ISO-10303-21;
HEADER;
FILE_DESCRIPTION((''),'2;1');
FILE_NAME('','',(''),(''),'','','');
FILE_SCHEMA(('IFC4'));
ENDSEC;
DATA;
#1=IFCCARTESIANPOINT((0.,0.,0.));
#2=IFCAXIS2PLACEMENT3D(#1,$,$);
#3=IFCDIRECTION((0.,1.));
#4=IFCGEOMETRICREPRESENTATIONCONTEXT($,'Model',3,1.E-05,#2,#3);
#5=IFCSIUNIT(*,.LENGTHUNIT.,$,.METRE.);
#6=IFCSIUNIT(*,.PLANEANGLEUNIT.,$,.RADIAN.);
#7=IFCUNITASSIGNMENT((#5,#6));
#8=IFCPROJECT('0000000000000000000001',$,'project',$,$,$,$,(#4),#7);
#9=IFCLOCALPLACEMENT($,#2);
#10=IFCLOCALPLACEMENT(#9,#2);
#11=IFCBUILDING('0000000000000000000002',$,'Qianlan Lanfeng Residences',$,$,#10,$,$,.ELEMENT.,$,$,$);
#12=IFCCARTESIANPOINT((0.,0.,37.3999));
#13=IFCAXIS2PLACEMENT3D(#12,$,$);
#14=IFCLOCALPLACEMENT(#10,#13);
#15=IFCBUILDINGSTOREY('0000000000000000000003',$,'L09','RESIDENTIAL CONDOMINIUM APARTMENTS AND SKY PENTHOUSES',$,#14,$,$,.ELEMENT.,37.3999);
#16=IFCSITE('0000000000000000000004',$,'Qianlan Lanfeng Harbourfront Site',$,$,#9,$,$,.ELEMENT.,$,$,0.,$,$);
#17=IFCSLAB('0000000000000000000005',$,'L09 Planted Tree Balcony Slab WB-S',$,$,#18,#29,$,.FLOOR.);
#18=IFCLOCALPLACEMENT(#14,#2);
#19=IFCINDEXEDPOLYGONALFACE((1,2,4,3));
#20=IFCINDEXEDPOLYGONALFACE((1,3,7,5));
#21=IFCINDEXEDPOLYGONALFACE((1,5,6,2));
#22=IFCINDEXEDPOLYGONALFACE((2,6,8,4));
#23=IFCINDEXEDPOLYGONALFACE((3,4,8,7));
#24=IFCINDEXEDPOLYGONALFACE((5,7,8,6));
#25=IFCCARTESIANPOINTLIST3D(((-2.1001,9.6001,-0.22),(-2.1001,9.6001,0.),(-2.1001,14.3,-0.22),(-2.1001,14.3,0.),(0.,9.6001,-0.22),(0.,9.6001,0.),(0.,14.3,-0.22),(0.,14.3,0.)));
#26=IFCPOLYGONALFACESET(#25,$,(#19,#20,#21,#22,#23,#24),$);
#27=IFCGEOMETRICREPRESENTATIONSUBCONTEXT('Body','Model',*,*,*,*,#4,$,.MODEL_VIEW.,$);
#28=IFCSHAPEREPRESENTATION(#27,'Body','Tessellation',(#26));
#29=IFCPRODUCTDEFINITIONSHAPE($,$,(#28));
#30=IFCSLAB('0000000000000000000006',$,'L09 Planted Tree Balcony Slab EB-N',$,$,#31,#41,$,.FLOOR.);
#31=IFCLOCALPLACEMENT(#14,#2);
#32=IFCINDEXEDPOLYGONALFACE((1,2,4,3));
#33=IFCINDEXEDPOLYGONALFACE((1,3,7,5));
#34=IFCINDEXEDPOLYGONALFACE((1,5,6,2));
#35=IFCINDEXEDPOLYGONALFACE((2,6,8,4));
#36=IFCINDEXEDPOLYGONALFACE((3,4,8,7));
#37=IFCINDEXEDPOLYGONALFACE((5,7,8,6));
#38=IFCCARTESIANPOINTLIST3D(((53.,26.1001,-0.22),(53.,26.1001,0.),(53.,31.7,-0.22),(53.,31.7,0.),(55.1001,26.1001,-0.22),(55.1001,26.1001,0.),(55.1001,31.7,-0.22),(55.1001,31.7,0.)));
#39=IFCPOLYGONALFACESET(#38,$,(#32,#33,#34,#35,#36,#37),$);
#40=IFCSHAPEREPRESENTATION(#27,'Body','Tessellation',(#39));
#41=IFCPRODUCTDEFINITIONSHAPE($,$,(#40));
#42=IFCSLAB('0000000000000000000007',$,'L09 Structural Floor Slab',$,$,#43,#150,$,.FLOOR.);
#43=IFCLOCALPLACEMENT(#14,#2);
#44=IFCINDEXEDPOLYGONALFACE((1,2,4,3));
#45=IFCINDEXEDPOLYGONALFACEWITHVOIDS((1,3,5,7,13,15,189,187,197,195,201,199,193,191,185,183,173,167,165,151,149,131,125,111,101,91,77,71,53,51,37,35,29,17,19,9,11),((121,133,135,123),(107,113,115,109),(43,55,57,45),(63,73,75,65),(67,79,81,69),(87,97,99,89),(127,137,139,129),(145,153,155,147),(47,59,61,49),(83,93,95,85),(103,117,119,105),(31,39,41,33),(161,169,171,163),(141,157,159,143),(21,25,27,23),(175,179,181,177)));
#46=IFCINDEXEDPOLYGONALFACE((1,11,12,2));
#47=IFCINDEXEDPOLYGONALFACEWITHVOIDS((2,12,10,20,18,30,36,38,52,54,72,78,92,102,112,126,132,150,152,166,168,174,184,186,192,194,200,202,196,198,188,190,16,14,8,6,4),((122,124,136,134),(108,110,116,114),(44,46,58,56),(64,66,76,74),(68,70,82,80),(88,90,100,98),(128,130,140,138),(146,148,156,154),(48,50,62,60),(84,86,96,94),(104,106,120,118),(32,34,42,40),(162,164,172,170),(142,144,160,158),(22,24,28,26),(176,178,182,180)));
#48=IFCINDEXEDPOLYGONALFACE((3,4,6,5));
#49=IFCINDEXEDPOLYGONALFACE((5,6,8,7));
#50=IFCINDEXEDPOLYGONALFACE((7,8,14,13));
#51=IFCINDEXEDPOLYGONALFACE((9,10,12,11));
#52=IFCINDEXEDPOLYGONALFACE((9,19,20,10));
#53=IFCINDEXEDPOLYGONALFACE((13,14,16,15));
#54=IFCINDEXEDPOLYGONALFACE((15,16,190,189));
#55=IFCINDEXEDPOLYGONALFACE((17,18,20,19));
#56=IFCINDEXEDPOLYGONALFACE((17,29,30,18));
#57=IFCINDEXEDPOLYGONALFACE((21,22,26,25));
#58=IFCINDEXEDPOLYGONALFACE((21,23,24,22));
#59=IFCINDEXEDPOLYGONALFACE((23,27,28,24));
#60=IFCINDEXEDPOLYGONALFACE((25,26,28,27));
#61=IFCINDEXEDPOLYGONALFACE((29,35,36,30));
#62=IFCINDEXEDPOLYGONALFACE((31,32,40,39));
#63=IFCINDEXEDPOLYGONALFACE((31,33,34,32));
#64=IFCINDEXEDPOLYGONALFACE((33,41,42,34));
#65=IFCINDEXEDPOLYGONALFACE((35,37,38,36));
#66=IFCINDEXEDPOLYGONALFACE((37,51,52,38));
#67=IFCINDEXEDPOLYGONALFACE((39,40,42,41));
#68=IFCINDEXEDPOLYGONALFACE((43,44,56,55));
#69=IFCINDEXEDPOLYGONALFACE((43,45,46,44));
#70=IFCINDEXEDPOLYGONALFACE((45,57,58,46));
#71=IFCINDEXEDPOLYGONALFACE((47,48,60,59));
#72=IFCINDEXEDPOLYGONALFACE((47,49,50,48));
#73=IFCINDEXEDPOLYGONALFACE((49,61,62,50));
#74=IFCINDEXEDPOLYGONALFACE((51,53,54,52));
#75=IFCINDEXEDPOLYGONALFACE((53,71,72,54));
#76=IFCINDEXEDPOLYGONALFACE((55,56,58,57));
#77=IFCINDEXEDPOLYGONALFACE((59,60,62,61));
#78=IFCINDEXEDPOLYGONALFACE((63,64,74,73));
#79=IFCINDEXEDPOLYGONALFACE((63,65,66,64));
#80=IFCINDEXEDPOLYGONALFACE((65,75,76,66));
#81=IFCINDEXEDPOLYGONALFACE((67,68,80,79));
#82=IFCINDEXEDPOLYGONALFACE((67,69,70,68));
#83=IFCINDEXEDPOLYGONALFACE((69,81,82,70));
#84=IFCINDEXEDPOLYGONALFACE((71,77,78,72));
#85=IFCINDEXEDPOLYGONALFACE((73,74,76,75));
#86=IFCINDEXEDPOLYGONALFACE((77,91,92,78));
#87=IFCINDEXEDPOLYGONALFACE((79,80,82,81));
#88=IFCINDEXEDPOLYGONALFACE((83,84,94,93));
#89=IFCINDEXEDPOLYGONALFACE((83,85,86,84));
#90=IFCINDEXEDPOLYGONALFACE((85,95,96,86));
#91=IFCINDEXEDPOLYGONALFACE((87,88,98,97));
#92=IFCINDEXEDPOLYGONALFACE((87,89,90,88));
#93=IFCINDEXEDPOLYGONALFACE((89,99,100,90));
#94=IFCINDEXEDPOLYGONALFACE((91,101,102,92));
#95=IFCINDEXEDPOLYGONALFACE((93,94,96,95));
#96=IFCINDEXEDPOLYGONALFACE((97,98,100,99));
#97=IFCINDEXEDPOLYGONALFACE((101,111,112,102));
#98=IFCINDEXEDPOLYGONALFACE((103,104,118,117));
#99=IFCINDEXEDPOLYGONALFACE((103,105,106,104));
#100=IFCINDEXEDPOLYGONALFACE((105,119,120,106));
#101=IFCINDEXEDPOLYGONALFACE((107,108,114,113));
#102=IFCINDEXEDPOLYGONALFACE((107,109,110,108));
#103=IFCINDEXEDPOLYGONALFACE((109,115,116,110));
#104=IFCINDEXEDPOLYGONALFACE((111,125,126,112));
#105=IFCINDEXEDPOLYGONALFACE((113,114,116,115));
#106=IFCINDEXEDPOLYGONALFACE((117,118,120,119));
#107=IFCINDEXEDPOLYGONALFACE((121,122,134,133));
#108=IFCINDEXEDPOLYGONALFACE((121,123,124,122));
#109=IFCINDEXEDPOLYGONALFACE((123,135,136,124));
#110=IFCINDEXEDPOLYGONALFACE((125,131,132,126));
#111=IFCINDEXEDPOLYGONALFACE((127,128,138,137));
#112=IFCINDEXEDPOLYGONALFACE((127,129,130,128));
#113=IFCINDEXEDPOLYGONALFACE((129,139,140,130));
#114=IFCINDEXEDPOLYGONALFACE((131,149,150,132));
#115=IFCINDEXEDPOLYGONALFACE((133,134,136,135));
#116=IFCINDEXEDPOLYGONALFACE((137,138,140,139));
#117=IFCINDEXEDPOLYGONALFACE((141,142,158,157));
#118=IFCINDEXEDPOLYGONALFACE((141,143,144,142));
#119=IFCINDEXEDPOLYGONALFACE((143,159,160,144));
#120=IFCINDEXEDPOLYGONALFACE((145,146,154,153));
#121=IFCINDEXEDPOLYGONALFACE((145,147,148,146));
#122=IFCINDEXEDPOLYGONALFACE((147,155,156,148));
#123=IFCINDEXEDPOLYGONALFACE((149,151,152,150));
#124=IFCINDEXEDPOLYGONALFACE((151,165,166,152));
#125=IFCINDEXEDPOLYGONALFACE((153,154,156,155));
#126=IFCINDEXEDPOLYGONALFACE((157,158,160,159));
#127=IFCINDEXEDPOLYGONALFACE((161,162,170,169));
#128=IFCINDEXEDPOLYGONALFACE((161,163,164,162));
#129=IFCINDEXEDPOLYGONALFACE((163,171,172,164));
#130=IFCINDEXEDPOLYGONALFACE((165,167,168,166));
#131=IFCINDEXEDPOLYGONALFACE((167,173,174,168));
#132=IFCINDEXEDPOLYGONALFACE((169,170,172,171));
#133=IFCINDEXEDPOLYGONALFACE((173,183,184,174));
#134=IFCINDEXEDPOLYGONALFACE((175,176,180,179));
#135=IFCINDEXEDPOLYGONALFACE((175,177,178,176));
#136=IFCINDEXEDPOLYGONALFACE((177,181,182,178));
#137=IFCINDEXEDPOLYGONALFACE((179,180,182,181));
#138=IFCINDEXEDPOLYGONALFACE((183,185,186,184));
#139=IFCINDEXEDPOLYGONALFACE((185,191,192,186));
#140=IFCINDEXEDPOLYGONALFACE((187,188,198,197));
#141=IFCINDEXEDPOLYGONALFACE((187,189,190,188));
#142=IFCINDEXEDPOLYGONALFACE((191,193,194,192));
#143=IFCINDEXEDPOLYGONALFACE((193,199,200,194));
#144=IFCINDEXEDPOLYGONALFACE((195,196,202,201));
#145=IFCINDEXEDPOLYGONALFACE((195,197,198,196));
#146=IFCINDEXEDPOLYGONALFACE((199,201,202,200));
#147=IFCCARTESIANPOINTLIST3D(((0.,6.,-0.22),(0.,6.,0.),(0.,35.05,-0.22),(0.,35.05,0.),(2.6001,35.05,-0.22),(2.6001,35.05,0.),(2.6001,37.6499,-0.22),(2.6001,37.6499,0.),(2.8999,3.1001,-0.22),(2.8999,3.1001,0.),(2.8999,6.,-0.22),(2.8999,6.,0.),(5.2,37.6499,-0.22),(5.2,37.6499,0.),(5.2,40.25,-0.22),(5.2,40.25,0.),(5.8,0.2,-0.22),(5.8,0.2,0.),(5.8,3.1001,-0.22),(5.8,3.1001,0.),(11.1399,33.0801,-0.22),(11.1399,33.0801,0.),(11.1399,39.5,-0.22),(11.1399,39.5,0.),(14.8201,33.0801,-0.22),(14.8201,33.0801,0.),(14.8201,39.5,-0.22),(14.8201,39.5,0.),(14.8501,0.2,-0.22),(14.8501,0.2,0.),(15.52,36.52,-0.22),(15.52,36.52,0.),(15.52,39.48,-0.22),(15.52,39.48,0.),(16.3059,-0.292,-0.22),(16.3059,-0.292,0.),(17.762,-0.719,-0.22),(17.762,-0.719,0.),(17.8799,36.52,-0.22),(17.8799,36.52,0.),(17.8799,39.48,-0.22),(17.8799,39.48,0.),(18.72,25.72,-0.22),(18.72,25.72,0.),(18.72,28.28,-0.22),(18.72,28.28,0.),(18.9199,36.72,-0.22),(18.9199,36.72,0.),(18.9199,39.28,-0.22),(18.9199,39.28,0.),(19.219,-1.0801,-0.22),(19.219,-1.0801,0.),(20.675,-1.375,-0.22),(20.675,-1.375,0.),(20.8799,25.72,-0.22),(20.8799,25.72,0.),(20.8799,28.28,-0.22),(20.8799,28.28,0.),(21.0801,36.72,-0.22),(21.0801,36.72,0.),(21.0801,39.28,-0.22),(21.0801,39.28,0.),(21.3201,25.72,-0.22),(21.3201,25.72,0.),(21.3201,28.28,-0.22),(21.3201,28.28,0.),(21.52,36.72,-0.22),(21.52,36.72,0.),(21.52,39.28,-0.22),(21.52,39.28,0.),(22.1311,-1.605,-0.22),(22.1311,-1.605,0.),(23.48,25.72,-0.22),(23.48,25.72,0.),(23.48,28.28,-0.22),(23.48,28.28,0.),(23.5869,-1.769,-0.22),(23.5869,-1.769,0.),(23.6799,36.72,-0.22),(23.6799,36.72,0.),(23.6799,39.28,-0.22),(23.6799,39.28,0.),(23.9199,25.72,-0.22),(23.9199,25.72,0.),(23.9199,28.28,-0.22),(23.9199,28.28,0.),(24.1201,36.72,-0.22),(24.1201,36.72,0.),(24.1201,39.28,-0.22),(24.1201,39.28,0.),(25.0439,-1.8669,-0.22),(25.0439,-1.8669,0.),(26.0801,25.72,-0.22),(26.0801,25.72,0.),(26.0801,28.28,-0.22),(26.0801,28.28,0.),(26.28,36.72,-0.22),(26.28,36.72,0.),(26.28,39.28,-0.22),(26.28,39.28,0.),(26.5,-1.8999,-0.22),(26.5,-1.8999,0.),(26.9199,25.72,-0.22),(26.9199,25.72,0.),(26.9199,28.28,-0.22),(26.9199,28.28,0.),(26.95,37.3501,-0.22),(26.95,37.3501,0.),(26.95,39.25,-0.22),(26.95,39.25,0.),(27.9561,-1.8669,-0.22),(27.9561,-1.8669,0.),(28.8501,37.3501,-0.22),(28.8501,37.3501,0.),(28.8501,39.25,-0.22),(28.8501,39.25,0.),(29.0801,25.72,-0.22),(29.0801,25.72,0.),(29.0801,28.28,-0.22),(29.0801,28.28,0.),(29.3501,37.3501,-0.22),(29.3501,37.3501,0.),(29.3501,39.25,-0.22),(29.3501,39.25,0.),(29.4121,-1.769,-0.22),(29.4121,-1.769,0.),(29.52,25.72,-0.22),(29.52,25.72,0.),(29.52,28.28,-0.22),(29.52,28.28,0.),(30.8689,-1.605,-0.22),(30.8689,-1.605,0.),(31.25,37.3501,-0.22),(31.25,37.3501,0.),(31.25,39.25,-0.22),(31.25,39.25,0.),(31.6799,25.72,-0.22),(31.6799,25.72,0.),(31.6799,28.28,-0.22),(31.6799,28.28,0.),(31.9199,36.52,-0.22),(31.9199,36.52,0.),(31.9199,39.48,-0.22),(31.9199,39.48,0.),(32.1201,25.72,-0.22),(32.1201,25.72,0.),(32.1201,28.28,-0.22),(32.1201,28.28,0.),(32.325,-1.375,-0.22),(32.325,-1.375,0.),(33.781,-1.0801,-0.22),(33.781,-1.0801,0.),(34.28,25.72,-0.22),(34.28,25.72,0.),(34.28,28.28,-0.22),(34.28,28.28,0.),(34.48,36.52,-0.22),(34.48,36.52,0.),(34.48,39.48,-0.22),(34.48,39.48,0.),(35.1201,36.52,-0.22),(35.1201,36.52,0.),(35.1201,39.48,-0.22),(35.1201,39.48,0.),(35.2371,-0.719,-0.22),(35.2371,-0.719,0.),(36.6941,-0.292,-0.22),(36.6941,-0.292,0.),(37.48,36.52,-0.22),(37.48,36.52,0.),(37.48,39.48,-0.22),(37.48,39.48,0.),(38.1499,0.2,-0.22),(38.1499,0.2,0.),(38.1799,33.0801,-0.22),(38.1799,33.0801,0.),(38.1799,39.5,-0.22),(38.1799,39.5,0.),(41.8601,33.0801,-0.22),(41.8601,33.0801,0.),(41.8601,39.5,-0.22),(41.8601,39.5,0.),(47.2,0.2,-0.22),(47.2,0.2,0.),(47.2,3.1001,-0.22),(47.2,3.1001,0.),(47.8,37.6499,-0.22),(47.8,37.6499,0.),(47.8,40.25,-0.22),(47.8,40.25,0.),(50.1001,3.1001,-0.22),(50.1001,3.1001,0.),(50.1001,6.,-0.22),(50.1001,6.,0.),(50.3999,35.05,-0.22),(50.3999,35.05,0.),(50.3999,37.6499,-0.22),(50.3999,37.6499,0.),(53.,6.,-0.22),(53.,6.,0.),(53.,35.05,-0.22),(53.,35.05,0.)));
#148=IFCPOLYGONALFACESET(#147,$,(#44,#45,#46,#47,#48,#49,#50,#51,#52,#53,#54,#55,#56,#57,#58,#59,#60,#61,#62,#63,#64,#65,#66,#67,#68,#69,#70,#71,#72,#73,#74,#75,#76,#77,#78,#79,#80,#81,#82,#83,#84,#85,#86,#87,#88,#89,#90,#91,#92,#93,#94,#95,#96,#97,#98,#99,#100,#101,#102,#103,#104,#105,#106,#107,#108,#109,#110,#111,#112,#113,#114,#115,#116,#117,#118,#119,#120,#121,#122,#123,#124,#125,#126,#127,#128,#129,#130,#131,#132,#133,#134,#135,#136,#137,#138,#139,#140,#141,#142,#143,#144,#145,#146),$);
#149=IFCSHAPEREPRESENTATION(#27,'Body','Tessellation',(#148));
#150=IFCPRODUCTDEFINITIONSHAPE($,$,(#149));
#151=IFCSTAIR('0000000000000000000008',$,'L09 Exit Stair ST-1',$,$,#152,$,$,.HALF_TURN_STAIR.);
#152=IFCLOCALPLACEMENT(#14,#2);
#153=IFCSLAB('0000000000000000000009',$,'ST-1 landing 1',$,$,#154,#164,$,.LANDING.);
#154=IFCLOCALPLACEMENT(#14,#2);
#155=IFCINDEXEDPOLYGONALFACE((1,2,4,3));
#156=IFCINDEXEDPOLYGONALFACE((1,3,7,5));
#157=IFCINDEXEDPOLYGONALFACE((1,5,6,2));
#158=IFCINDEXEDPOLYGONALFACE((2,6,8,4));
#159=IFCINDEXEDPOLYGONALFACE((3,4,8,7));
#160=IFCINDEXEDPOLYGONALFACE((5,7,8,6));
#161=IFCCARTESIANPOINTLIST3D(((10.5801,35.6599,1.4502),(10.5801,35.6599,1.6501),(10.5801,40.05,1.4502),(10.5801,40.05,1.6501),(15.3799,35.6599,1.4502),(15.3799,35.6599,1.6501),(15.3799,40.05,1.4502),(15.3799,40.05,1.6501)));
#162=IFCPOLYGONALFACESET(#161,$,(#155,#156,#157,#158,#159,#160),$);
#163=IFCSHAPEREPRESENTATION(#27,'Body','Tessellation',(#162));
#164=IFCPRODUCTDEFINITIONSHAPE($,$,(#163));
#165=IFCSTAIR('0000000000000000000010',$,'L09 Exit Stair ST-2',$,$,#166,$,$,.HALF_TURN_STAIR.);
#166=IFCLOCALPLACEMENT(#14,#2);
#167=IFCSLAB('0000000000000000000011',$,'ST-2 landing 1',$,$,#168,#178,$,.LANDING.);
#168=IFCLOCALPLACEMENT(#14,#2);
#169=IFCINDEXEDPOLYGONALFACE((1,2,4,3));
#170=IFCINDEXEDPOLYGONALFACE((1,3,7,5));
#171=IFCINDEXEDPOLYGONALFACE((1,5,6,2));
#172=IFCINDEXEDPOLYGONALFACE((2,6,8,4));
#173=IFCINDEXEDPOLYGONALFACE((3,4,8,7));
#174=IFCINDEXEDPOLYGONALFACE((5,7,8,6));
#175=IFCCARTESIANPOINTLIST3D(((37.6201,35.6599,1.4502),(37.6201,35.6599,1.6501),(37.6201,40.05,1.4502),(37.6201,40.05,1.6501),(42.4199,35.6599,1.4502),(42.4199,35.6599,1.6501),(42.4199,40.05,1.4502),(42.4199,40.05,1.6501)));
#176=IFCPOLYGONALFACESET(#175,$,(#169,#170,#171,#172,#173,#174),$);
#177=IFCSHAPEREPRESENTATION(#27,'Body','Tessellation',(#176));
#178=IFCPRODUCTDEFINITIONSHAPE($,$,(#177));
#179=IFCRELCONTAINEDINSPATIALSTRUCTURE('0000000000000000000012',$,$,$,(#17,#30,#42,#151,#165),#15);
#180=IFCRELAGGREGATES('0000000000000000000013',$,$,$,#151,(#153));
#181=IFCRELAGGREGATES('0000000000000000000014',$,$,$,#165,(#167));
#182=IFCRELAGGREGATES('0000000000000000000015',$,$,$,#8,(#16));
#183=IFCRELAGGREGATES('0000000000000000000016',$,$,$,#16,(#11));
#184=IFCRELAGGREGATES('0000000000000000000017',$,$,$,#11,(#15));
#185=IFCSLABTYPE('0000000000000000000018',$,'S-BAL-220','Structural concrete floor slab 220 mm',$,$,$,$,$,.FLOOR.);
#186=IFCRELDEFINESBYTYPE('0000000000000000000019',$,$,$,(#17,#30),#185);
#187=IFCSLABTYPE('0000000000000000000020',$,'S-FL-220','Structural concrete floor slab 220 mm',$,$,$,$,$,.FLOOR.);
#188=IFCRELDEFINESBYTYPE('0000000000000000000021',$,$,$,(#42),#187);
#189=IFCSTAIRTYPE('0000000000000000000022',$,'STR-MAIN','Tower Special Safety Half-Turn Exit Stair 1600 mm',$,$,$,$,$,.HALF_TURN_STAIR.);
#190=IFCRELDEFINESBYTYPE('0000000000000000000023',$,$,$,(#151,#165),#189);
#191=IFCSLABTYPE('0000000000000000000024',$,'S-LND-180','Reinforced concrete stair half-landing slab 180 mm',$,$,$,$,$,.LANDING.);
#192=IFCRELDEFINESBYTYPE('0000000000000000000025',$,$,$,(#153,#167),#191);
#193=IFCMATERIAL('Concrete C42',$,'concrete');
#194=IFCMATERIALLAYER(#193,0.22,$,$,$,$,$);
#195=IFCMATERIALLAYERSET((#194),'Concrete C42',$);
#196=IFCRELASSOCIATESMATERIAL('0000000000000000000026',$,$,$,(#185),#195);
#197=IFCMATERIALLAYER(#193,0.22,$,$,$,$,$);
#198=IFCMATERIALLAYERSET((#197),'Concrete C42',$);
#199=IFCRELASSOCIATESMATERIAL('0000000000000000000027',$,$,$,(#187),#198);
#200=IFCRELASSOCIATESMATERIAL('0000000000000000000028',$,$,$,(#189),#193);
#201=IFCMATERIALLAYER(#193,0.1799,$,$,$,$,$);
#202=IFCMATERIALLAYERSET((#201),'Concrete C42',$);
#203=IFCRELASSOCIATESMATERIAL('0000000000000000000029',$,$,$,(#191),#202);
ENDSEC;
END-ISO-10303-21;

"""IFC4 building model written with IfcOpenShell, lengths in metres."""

from ifc_helpers import new_model, si_unit, direction, frame, origin, place, context, subcontext, project, spatial, polyline, outline, extrude, material, layer, layer_set, type_object, element, aggregate, save


model = new_model("IFC4")

# Units and contexts
model_context = context("Model", 3, precision=1e-05, world=origin(), true_north=direction((0.0, 1.0)))
body_context = subcontext(model_context, "Body", "Model", "MODEL_VIEW")
ifc_project = project(units=[si_unit("LENGTHUNIT", "METRE"), si_unit("PLANEANGLEUNIT", "RADIAN")], contexts=[model_context])

# Site, building, storey
site_placement = place(None, origin())
site = spatial("IfcSite", under=ifc_project, at=site_placement, Name="Qianlan Lanfeng Harbourfront Site", CompositionType="ELEMENT", RefElevation=0.0)
building_placement = place(site_placement, origin())
building = spatial("IfcBuilding", under=site, at=building_placement, Name="Qianlan Lanfeng Residences", CompositionType="ELEMENT")
storey_placement = place(building_placement, frame((0.0, 0.0, 37.3999)))
storey = spatial("IfcBuildingStorey", under=building, at=storey_placement, Name="L09", Description="RESIDENTIAL CONDOMINIUM APARTMENTS AND SKY PENTHOUSES", CompositionType="ELEMENT", Elevation=37.3999)

# Slabs
ifc_material_1 = material(Name="Concrete C42", Category="concrete")
ifc_layer_1 = layer(ifc_material_1, 0.22)
ifc_layer_set_1 = layer_set([ifc_layer_1], Name="Concrete C42")
slab_type_1 = type_object("IfcSlabType", Name="S-BAL-220", Description="Structural concrete floor slab 220 mm", PredefinedType="FLOOR", material=ifc_layer_set_1)
slab_1_placement = place(storey_placement, frame((0.0, 0.0, -0.22)))
element("IfcSlab", 1, at=slab_1_placement, inside=storey, type_object=slab_type_1, Name="L09 Planted Tree Balcony Slab WB-S", PredefinedType="FLOOR", context=body_context, shape_type="SweptSolid", body=[
    extrude(outline(polyline([(0.0, 9.6001), (0.0, 14.3), (-2.1001, 14.3), (-2.1001, 9.6001), (0.0, 9.6001)])), origin(), (0.0, 0.0, 1.0), 0.22),
])
slab_2_placement = place(storey_placement, frame((0.0, 0.0, -0.22)))
element("IfcSlab", 2, at=slab_2_placement, inside=storey, type_object=slab_type_1, Name="L09 Planted Tree Balcony Slab EB-N", PredefinedType="FLOOR", context=body_context, shape_type="SweptSolid", body=[
    extrude(outline(polyline([(53.0, 31.7), (53.0, 26.1001), (55.1001, 26.1001), (55.1001, 31.7), (53.0, 31.7)])), origin(), (0.0, 0.0, 1.0), 0.22),
])
ifc_layer_2 = layer(ifc_material_1, 0.22)
ifc_layer_set_2 = layer_set([ifc_layer_2], Name="Concrete C42")
slab_type_2 = type_object("IfcSlabType", Name="S-FL-220", Description="Structural concrete floor slab 220 mm", PredefinedType="FLOOR", material=ifc_layer_set_2)
slab_3_placement = place(storey_placement, frame((0.0, 0.0, -0.22)))
element("IfcSlab", 3, at=slab_3_placement, inside=storey, type_object=slab_type_2, Name="L09 Structural Floor Slab", PredefinedType="FLOOR", context=body_context, shape_type="SweptSolid", body=[
    extrude(outline(polyline([(0.0, 6.0), (2.8999, 6.0), (2.8999, 3.1001), (5.8, 3.1001), (5.8, 0.2), (14.8501, 0.2), (16.3059, -0.292), (17.762, -0.719), (19.219, -1.0801), (20.675, -1.375), (22.1311, -1.605), (23.5869, -1.769), (25.0439, -1.8669), (26.5, -1.8999), (27.9561, -1.8669), (29.4121, -1.769), (30.8689, -1.605), (32.325, -1.375), (33.781, -1.0801), (35.2371, -0.719), (36.6941, -0.292), (38.1499, 0.2), (47.2, 0.2), (47.2, 3.1001), (50.1001, 3.1001), (50.1001, 6.0), (53.0, 6.0), (53.0, 35.05), (50.3999, 35.05), (50.3999, 37.6499), (47.8, 37.6499), (47.8, 40.25), (5.2, 40.25), (5.2, 37.6499), (2.6001, 37.6499), (2.6001, 35.05), (0.0, 35.05), (0.0, 6.0)]), holes=[polyline([(11.1399, 33.0801), (11.1399, 39.5), (14.8201, 39.5), (14.8201, 33.0801), (11.1399, 33.0801)]), polyline([(38.1799, 33.0801), (38.1799, 39.5), (41.8601, 39.5), (41.8601, 33.0801), (38.1799, 33.0801)]), polyline([(15.52, 36.52), (15.52, 39.48), (17.8799, 39.48), (17.8799, 36.52), (15.52, 36.52)]), polyline([(35.1201, 36.52), (35.1201, 39.48), (37.48, 39.48), (37.48, 36.52), (35.1201, 36.52)]), polyline([(31.9199, 36.52), (31.9199, 39.48), (34.48, 39.48), (34.48, 36.52), (31.9199, 36.52)]), polyline([(18.72, 25.72), (18.72, 28.28), (20.8799, 28.28), (20.8799, 25.72), (18.72, 25.72)]), polyline([(21.3201, 25.72), (21.3201, 28.28), (23.48, 28.28), (23.48, 25.72), (21.3201, 25.72)]), polyline([(23.9199, 25.72), (23.9199, 28.28), (26.0801, 28.28), (26.0801, 25.72), (23.9199, 25.72)]), polyline([(26.9199, 25.72), (26.9199, 28.28), (29.0801, 28.28), (29.0801, 25.72), (26.9199, 25.72)]), polyline([(29.52, 25.72), (29.52, 28.28), (31.6799, 28.28), (31.6799, 25.72), (29.52, 25.72)]), polyline([(32.1201, 25.72), (32.1201, 28.28), (34.28, 28.28), (34.28, 25.72), (32.1201, 25.72)]), polyline([(18.9199, 36.72), (18.9199, 39.28), (21.0801, 39.28), (21.0801, 36.72), (18.9199, 36.72)]), polyline([(21.52, 36.72), (21.52, 39.28), (23.6799, 39.28), (23.6799, 36.72), (21.52, 36.72)]), polyline([(24.1201, 36.72), (24.1201, 39.28), (26.28, 39.28), (26.28, 36.72), (24.1201, 36.72)]), polyline([(26.95, 37.3501), (26.95, 39.25), (28.8501, 39.25), (28.8501, 37.3501), (26.95, 37.3501)]), polyline([(29.3501, 37.3501), (29.3501, 39.25), (31.25, 39.25), (31.25, 37.3501), (29.3501, 37.3501)])]), origin(), (0.0, 0.0, 1.0), 0.22),
])

# Stairs, slabs
stair_type = type_object("IfcStairType", Name="STR-MAIN", Description="Tower Special Safety Half-Turn Exit Stair 1600 mm", PredefinedType="HALF_TURN_STAIR", material=ifc_material_1)
stair_1_placement = place(storey_placement, origin())
stair_1 = element("IfcStair", 4, at=stair_1_placement, inside=storey, type_object=stair_type, Name="L09 Exit Stair ST-1", PredefinedType="HALF_TURN_STAIR")
ifc_layer_3 = layer(ifc_material_1, 0.1799)
ifc_layer_set_3 = layer_set([ifc_layer_3], Name="Concrete C42")
slab_type_3 = type_object("IfcSlabType", Name="S-LND-180", Description="Reinforced concrete stair half-landing slab 180 mm", PredefinedType="LANDING", material=ifc_layer_set_3)
slab_4_placement = place(storey_placement, frame((0.0, 0.0, 1.4502)))
slab_4 = element("IfcSlab", 5, at=slab_4_placement, type_object=slab_type_3, Name="ST-1 landing 1", PredefinedType="LANDING", context=body_context, shape_type="SweptSolid", body=[
    extrude(outline(polyline([(10.5801, 35.6599), (15.3799, 35.6599), (15.3799, 40.05), (10.5801, 40.05), (10.5801, 35.6599)])), origin(), (0.0, 0.0, 1.0), 0.2),
])
aggregate(stair_1, [slab_4])
stair_2_placement = place(storey_placement, origin())
stair_2 = element("IfcStair", 6, at=stair_2_placement, inside=storey, type_object=stair_type, Name="L09 Exit Stair ST-2", PredefinedType="HALF_TURN_STAIR")
slab_5_placement = place(storey_placement, frame((0.0, 0.0, 1.4502)))
slab_5 = element("IfcSlab", 7, at=slab_5_placement, type_object=slab_type_3, Name="ST-2 landing 1", PredefinedType="LANDING", context=body_context, shape_type="SweptSolid", body=[
    extrude(outline(polyline([(37.6201, 35.6599), (42.4199, 35.6599), (42.4199, 40.05), (37.6201, 40.05), (37.6201, 35.6599)])), origin(), (0.0, 0.0, 1.0), 0.2),
])
aggregate(stair_2, [slab_5])

save(model, "model.ifc")
